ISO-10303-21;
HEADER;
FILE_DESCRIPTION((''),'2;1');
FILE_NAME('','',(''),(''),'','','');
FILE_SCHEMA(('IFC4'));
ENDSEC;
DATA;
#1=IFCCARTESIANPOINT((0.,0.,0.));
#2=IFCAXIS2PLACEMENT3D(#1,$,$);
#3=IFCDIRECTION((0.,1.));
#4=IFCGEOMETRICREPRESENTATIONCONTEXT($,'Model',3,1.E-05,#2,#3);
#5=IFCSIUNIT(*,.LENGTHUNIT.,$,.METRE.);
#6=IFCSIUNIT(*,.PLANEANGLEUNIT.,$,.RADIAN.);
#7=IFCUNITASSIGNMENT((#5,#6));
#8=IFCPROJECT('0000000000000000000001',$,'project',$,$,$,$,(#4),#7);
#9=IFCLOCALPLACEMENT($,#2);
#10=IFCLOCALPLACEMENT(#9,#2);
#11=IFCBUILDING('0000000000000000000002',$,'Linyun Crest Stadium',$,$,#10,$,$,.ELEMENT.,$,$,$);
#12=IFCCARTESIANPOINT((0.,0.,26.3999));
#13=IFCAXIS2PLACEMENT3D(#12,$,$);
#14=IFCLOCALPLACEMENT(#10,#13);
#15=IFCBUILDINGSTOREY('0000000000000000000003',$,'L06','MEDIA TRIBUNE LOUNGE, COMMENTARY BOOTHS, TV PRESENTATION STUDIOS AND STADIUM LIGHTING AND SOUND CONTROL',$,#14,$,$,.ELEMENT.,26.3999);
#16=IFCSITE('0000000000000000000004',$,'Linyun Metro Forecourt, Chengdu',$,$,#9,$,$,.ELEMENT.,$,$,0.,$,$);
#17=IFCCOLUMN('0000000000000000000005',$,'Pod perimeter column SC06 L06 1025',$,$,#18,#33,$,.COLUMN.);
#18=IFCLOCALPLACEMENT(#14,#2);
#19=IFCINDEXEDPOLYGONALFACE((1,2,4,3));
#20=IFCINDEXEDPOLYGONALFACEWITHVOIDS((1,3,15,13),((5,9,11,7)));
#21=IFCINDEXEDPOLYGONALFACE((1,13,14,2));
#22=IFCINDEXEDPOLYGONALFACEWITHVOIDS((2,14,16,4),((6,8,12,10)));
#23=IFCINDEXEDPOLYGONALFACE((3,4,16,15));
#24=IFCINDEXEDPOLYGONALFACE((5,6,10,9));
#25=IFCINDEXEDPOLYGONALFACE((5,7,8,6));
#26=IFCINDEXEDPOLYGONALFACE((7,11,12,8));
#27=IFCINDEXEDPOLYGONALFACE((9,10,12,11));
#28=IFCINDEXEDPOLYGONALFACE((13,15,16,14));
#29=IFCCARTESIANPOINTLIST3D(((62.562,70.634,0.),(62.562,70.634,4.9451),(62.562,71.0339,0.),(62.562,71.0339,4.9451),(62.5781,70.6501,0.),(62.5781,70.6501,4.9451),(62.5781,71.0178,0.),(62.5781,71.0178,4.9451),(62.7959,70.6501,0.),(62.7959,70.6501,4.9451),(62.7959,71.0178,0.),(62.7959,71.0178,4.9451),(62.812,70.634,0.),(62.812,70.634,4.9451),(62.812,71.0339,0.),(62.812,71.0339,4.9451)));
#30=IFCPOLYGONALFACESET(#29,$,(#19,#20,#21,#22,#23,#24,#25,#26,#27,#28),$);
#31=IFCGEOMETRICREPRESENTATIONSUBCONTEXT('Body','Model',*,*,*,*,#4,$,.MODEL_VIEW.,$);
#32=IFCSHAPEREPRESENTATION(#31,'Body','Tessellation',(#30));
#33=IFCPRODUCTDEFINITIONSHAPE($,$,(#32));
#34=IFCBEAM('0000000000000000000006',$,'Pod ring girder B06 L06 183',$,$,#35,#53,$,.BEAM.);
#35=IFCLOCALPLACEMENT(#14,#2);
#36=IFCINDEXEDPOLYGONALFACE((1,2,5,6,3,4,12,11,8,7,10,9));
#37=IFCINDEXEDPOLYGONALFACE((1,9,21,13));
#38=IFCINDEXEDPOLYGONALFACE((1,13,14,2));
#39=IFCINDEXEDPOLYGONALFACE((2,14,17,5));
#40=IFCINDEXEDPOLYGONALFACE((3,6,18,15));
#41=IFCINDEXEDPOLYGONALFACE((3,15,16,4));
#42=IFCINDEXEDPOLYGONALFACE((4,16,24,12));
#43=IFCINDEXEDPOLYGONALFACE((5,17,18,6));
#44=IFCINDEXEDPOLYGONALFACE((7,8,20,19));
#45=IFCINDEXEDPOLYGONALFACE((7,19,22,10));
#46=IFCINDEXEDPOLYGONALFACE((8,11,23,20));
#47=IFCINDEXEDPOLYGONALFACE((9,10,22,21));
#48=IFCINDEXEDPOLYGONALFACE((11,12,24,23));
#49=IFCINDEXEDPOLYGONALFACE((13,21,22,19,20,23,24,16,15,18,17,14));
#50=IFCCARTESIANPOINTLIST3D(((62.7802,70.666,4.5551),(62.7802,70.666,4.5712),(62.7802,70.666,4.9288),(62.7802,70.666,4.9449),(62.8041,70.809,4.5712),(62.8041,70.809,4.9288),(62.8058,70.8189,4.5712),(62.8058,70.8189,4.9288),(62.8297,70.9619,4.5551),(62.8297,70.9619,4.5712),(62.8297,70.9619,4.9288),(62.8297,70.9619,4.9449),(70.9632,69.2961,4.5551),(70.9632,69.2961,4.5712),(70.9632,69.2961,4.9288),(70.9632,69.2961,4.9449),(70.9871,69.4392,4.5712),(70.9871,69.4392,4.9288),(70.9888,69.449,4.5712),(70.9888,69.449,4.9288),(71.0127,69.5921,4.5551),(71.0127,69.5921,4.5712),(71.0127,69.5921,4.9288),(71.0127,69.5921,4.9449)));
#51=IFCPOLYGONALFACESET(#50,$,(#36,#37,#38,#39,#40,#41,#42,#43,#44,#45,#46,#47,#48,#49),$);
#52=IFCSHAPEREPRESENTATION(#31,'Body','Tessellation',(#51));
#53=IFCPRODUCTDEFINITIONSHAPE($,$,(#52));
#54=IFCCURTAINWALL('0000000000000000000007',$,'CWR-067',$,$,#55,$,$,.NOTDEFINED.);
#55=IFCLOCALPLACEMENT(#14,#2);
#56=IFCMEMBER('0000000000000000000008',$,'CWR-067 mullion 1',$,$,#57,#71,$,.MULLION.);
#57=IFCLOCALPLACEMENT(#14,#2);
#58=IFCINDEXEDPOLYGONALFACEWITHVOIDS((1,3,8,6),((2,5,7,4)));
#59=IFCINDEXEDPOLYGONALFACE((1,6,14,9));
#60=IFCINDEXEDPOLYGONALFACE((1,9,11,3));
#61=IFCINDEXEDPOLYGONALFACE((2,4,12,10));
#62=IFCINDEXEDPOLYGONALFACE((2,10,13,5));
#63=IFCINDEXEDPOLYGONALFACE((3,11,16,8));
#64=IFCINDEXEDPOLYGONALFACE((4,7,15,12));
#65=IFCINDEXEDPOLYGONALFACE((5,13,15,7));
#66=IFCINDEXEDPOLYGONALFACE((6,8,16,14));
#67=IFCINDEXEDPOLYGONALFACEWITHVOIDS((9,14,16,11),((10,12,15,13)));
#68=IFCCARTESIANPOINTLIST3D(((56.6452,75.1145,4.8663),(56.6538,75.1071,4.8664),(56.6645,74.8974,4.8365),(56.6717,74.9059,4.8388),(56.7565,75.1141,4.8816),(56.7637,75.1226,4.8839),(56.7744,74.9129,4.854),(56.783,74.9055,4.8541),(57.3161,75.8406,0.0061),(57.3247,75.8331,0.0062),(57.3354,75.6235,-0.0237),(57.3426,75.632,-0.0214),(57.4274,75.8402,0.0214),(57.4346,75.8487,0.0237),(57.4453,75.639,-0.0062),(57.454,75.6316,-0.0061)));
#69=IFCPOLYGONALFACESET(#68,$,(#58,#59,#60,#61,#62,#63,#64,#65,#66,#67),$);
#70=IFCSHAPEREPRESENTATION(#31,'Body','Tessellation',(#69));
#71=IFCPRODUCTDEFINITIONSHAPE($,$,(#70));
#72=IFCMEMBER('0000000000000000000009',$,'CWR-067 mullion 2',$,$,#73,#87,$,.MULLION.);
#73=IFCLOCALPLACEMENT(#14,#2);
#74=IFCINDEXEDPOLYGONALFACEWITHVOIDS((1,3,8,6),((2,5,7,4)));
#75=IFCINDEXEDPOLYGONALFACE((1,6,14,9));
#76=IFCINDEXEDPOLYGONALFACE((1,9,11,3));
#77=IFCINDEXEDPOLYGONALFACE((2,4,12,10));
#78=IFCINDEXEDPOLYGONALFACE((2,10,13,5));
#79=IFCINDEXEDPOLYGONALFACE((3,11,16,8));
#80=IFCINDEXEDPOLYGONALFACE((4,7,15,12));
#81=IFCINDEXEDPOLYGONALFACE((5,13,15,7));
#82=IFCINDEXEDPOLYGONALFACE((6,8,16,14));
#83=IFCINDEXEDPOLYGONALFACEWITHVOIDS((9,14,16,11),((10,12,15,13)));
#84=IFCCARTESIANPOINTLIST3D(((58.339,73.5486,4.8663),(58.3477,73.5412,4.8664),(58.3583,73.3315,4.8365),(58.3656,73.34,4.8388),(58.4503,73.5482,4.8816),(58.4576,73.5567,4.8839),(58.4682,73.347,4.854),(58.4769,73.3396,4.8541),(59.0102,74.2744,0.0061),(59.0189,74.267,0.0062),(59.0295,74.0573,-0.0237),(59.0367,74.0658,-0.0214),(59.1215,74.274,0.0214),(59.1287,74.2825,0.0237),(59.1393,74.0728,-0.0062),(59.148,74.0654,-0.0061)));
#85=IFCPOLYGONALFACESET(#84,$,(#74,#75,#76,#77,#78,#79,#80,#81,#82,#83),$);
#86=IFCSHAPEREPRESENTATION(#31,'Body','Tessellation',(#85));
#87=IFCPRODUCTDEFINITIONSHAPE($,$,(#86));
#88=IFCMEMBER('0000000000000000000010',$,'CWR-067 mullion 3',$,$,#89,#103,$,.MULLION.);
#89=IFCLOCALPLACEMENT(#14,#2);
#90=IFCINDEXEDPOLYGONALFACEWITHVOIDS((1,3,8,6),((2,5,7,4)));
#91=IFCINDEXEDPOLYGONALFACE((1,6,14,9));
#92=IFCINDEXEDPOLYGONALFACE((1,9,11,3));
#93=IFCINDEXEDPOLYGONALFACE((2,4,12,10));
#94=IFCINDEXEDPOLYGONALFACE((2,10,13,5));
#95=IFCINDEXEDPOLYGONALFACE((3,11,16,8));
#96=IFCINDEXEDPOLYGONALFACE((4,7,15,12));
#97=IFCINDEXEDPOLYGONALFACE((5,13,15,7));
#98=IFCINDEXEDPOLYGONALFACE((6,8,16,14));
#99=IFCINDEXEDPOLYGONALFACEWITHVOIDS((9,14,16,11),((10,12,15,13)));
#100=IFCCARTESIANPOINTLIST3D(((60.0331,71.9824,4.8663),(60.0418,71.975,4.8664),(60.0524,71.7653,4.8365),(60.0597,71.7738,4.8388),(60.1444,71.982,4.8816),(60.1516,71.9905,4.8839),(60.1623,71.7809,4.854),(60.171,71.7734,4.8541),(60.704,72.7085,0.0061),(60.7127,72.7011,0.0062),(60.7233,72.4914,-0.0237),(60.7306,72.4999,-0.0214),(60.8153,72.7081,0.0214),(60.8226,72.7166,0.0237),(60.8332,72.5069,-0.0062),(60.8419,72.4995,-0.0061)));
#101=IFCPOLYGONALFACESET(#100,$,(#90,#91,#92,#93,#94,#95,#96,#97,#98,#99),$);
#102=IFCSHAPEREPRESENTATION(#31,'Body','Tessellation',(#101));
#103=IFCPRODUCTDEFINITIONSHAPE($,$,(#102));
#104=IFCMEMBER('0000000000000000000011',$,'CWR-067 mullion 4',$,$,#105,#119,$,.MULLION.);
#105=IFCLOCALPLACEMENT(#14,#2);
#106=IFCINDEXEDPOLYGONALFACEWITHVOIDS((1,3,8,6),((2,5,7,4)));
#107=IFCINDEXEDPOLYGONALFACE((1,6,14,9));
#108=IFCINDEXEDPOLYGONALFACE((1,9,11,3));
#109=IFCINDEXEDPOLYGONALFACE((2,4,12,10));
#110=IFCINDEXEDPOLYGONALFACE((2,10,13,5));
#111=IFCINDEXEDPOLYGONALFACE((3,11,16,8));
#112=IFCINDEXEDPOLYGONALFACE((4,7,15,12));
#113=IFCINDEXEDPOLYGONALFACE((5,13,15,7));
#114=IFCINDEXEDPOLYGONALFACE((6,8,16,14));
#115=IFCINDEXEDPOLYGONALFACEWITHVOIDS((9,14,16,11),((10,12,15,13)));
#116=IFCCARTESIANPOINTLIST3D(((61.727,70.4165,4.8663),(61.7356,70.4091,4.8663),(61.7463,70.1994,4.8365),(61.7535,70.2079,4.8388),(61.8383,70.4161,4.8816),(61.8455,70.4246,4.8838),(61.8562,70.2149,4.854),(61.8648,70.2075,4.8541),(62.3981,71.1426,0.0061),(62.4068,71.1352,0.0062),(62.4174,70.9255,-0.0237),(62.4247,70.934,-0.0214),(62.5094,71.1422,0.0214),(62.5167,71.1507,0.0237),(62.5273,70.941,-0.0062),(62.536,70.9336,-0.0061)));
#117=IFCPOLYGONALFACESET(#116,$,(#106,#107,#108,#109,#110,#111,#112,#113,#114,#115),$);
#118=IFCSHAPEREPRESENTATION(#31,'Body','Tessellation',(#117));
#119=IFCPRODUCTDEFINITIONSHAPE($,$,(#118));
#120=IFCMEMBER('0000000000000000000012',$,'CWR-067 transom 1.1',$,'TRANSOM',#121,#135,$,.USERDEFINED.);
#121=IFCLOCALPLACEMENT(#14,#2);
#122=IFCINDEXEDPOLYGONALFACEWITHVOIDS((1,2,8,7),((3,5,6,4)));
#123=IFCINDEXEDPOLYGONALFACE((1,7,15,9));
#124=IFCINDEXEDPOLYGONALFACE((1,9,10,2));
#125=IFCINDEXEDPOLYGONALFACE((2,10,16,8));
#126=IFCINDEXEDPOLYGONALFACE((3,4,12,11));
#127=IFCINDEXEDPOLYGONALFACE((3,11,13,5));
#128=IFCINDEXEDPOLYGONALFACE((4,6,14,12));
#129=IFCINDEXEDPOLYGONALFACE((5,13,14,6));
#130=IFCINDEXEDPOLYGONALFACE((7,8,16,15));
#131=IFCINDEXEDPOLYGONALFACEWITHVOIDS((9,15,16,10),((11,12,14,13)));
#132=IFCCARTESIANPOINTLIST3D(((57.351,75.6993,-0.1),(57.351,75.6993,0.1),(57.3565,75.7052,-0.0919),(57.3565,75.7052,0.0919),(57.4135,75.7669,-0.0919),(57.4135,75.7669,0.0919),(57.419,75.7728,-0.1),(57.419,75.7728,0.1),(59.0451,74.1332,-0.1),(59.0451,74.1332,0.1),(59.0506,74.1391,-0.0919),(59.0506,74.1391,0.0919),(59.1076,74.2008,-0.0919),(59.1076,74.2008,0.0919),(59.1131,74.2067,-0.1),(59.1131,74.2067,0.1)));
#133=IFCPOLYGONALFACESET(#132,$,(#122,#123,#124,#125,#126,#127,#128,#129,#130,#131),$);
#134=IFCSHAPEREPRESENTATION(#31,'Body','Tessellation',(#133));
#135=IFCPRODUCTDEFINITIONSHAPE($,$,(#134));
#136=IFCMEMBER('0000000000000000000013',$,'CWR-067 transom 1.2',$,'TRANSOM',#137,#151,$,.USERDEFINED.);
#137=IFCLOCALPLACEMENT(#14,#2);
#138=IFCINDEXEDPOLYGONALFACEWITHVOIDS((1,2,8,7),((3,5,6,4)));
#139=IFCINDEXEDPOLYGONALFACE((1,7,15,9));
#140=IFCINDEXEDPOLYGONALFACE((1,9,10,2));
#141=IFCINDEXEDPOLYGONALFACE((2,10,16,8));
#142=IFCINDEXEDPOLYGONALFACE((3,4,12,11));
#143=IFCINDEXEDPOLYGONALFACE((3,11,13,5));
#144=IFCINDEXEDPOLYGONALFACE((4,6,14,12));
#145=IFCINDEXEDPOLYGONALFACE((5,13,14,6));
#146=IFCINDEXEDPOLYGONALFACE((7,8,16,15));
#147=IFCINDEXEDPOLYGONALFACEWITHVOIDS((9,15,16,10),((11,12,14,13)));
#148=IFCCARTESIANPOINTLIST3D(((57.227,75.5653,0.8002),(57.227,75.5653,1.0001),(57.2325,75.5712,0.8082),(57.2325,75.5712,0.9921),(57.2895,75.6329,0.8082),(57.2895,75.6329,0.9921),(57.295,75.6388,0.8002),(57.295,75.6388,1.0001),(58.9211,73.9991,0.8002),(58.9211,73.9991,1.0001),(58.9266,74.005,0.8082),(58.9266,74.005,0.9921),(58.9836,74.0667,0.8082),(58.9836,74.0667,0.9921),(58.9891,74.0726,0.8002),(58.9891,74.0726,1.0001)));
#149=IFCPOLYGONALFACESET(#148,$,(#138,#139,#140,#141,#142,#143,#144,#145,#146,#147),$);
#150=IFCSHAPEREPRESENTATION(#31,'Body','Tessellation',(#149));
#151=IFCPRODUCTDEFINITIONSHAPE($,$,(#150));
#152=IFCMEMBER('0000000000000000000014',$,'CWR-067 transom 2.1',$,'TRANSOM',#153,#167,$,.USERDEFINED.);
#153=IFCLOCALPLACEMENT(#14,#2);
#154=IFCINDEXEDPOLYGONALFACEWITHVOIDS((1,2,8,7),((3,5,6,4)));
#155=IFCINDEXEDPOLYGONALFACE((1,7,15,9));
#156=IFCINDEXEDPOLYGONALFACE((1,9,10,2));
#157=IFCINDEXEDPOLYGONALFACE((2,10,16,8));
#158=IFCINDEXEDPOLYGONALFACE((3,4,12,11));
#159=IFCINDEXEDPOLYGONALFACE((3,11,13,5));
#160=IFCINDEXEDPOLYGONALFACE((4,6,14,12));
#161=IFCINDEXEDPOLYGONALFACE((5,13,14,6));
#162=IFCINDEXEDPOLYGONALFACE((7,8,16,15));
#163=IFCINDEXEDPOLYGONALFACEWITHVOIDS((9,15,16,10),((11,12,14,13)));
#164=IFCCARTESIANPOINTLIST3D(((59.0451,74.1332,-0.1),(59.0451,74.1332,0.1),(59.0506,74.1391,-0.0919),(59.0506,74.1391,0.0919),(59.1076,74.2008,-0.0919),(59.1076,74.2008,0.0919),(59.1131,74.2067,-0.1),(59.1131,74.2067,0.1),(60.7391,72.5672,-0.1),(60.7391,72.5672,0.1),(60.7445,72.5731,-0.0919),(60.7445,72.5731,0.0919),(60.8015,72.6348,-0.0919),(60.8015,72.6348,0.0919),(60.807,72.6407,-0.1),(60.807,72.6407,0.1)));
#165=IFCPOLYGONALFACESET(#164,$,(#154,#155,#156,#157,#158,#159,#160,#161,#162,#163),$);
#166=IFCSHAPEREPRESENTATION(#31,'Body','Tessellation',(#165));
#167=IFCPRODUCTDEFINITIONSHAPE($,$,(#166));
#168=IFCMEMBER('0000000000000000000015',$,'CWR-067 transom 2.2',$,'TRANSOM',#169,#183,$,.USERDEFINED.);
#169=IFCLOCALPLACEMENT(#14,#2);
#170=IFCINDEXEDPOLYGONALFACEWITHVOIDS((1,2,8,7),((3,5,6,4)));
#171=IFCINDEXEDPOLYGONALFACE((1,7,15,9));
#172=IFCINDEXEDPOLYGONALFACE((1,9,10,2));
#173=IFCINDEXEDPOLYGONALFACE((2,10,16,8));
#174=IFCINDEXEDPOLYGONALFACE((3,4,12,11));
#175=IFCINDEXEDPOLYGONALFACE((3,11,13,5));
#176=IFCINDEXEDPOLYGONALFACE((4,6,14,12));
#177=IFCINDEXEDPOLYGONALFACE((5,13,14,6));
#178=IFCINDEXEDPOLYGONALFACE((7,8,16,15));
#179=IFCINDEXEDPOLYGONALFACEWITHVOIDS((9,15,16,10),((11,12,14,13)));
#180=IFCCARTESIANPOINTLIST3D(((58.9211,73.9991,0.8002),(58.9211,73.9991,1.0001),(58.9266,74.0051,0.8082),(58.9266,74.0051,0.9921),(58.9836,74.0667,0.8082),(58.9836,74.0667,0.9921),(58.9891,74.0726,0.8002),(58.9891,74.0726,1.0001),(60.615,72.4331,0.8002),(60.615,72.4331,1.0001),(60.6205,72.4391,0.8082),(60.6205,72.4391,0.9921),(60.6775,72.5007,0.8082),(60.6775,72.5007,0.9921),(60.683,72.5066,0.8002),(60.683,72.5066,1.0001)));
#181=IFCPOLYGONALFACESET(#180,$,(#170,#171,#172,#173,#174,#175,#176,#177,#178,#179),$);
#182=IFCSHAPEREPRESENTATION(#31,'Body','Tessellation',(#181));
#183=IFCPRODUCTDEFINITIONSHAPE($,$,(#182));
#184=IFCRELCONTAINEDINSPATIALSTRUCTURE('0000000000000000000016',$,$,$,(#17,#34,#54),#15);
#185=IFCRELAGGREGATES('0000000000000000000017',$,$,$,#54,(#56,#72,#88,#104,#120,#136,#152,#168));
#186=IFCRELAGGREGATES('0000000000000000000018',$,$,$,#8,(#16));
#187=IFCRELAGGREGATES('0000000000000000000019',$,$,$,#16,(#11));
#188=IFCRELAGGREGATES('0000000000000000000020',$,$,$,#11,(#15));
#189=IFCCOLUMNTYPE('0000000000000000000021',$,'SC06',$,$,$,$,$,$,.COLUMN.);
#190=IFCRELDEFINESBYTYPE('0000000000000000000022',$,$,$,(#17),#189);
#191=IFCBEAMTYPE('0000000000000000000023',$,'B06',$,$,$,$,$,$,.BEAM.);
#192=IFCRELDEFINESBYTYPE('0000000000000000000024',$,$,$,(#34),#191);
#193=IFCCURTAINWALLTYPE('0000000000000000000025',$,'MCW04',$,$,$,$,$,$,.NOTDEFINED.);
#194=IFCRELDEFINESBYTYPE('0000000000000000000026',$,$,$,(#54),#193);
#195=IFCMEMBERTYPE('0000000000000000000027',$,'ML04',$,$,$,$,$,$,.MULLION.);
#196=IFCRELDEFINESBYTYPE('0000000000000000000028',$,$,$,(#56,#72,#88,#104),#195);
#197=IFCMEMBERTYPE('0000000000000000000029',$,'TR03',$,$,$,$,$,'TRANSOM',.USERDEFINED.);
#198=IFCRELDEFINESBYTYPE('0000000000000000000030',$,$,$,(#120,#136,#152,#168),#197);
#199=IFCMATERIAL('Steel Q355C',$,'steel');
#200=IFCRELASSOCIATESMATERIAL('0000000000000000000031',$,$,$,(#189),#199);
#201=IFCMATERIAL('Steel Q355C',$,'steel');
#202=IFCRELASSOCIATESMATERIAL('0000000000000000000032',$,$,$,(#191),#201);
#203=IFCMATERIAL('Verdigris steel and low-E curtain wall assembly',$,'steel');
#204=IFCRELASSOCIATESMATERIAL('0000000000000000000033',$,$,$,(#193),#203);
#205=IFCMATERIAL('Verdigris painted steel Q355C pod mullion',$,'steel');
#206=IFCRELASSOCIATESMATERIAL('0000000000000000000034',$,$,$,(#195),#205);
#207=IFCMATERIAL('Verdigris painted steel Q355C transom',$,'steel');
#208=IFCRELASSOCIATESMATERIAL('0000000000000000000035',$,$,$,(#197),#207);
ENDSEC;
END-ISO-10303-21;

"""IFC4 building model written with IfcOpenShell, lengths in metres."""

from ifc_helpers import new_model, si_unit, direction, frame, origin, origin_2d, place, context, subcontext, project, spatial, hollow_rectangle, i_section, extrude, material, material_profile, profile_set, type_object, element, aggregate, save


model = new_model("IFC4")

# Units and contexts
model_context = context("Model", 3, precision=1e-05, world=origin(), true_north=direction((0.0, 1.0)))
body_context = subcontext(model_context, "Body", "Model", "MODEL_VIEW")
ifc_project = project(units=[si_unit("LENGTHUNIT", "METRE"), si_unit("PLANEANGLEUNIT", "RADIAN")], contexts=[model_context])

# Site, building, storey
site_placement = place(None, origin())
site = spatial("IfcSite", under=ifc_project, at=site_placement, Name="Linyun Metro Forecourt, Chengdu", CompositionType="ELEMENT", RefElevation=0.0)
building_placement = place(site_placement, origin())
building = spatial("IfcBuilding", under=site, at=building_placement, Name="Linyun Crest Stadium", CompositionType="ELEMENT")
storey_placement = place(building_placement, frame((0.0, 0.0, 26.3999)))
storey = spatial("IfcBuildingStorey", under=building, at=storey_placement, Name="L06", Description="MEDIA TRIBUNE LOUNGE, COMMENTARY BOOTHS, TV PRESENTATION STUDIOS AND STADIUM LIGHTING AND SOUND CONTROL", CompositionType="ELEMENT", Elevation=26.3999)

# Column
ifc_material_1 = material(Name="Steel Q355C", Category="steel")
ifc_material_profile_1 = material_profile(ifc_material_1, hollow_rectangle(XDim=0.25, YDim=0.3999, WallThickness=0.0161, at=origin_2d()), Name="RHS 400x250x16")
ifc_profile_set_1 = profile_set([ifc_material_profile_1], Name="Steel Q355C")
column_type = type_object("IfcColumnType", Name="SC06", PredefinedType="COLUMN", material=ifc_profile_set_1)
column_placement = place(storey_placement, frame((62.687, 70.834, 0.0), z_axis=(0.0, 0.0, 1.0), x_axis=(1.0, 0.0, 0.0)))
element("IfcColumn", 1, at=column_placement, inside=storey, type_object=column_type, Name="Pod perimeter column SC06 L06 1025", PredefinedType="COLUMN", context=body_context, shape_type="SweptSolid", body=[
    extrude(hollow_rectangle(XDim=0.25, YDim=0.3999, WallThickness=0.0161, at=origin_2d()), origin(), (0.0, 0.0, 1.0), 4.9451),
])

# Beam
ifc_material_2 = material(Name="Steel Q355C", Category="steel")
ifc_material_profile_2 = material_profile(ifc_material_2, i_section(OverallWidth=0.3, OverallDepth=0.3899, WebThickness=0.01, FlangeThickness=0.0161, at=origin_2d()), Name="HM 390x300")
ifc_profile_set_2 = profile_set([ifc_material_profile_2], Name="Steel Q355C")
beam_type = type_object("IfcBeamType", Name="B06", PredefinedType="BEAM", material=ifc_profile_set_2)
beam_placement = place(storey_placement, frame((62.8049, 70.814, 4.75), z_axis=(0.986276, -0.165105, 0.0), x_axis=(0.165105, 0.986276, 0.0)))
element("IfcBeam", 2, at=beam_placement, inside=storey, type_object=beam_type, Name="Pod ring girder B06 L06 183", PredefinedType="BEAM", context=body_context, shape_type="SweptSolid", body=[
    extrude(i_section(OverallWidth=0.3, OverallDepth=0.3899, WebThickness=0.01, FlangeThickness=0.0161, at=origin_2d()), origin(), (0.0, 0.0, 1.0), 8.2969),
])

# Curtain wall, members
ifc_material_3 = material(Name="Verdigris steel and low-E curtain wall assembly", Category="steel")
curtain_wall_type = type_object("IfcCurtainWallType", Name="MCW04", PredefinedType="NOTDEFINED", material=ifc_material_3)
curtain_wall_placement = place(storey_placement, origin())
curtain_wall = element("IfcCurtainWall", 3, at=curtain_wall_placement, inside=storey, type_object=curtain_wall_type, Name="CWR-067", PredefinedType="NOTDEFINED")
ifc_material_4 = material(Name="Verdigris painted steel Q355C pod mullion", Category="steel")
ifc_material_profile_3 = material_profile(ifc_material_4, hollow_rectangle(XDim=0.1201, YDim=0.22, WallThickness=0.0081, at=origin_2d()), Name="RHS 220x120x8")
ifc_profile_set_3 = profile_set([ifc_material_profile_3], Name="Verdigris painted steel Q355C pod mullion")
member_type_1 = type_object("IfcMemberType", Name="ML04", PredefinedType="MULLION", material=ifc_profile_set_3)
member_1_placement = place(storey_placement, frame((57.385, 75.7361, 0.0), z_axis=(-0.135272, -0.146397, 0.979933), x_axis=(0.986901, 0.067842, 0.146369)))
member_1 = element("IfcMember", 4, at=member_1_placement, type_object=member_type_1, Name="CWR-067 mullion 1", PredefinedType="MULLION", context=body_context, shape_type="SweptSolid", body=[
    extrude(hollow_rectangle(XDim=0.1201, YDim=0.22, WallThickness=0.0081, at=origin_2d()), origin(), (0.0, 0.0, 1.0), 4.9597),
])
member_2_placement = place(storey_placement, frame((59.0791, 74.1699, 0.0), z_axis=(-0.135321, -0.146348, 0.979934), x_axis=(0.986925, 0.067498, 0.146367)))
member_2 = element("IfcMember", 5, at=member_2_placement, type_object=member_type_1, Name="CWR-067 mullion 2", PredefinedType="MULLION", context=body_context, shape_type="SweptSolid", body=[
    extrude(hollow_rectangle(XDim=0.1201, YDim=0.22, WallThickness=0.0081, at=origin_2d()), origin(), (0.0, 0.0, 1.0), 4.9597),
])
member_3_placement = place(storey_placement, frame((60.7729, 72.604, 0.0), z_axis=(-0.135272, -0.146397, 0.979933), x_axis=(0.986901, 0.067842, 0.146369)))
member_3 = element("IfcMember", 6, at=member_3_placement, type_object=member_type_1, Name="CWR-067 mullion 3", PredefinedType="MULLION", context=body_context, shape_type="SweptSolid", body=[
    extrude(hollow_rectangle(XDim=0.1201, YDim=0.22, WallThickness=0.0081, at=origin_2d()), origin(), (0.0, 0.0, 1.0), 4.9597),
])
member_4_placement = place(storey_placement, frame((62.467, 71.0381, 0.0), z_axis=(-0.13532, -0.146396, 0.979927), x_axis=(0.98691, 0.06766, 0.146392)))
member_4 = element("IfcMember", 7, at=member_4_placement, type_object=member_type_1, Name="CWR-067 mullion 4", PredefinedType="MULLION", context=body_context, shape_type="SweptSolid", body=[
    extrude(hollow_rectangle(XDim=0.1201, YDim=0.22, WallThickness=0.0081, at=origin_2d()), origin(), (0.0, 0.0, 1.0), 4.9597),
])
ifc_material_5 = material(Name="Verdigris painted steel Q355C transom", Category="steel")
ifc_material_profile_4 = material_profile(ifc_material_5, hollow_rectangle(XDim=0.1001, YDim=0.2, WallThickness=0.0081, at=origin_2d()), Name="RHS 200x100x8")
ifc_profile_set_4 = profile_set([ifc_material_profile_4], Name="Verdigris painted steel Q355C transom")
member_type_2 = type_object("IfcMemberType", Name="TR03", ElementType="TRANSOM", PredefinedType="USERDEFINED", material=ifc_profile_set_4)
member_5_placement = place(storey_placement, frame((57.385, 75.7361, 0.0), z_axis=(0.734288, -0.678838, 0.0), x_axis=(0.678838, 0.734288, 0.0)))
member_5 = element("IfcMember", 8, at=member_5_placement, type_object=member_type_2, Name="CWR-067 transom 1.1", ObjectType="TRANSOM", PredefinedType="USERDEFINED", context=body_context, shape_type="SweptSolid", body=[
    extrude(hollow_rectangle(XDim=0.1001, YDim=0.2, WallThickness=0.0081, at=origin_2d()), origin(), (0.0, 0.0, 1.0), 2.3071),
])
member_6_placement = place(storey_placement, frame((57.261, 75.6021, 0.9001), z_axis=(0.734288, -0.678838, 0.0), x_axis=(0.678838, 0.734288, 0.0)))
member_6 = element("IfcMember", 9, at=member_6_placement, type_object=member_type_2, Name="CWR-067 transom 1.2", ObjectType="TRANSOM", PredefinedType="USERDEFINED", context=body_context, shape_type="SweptSolid", body=[
    extrude(hollow_rectangle(XDim=0.1001, YDim=0.2, WallThickness=0.0081, at=origin_2d()), origin(), (0.0, 0.0, 1.0), 2.3071),
])
member_7_placement = place(storey_placement, frame((59.0791, 74.1699, 0.0), z_axis=(0.734292, -0.678834, 0.0), x_axis=(0.678834, 0.734292, 0.0)))
member_7 = element("IfcMember", 10, at=member_7_placement, type_object=member_type_2, Name="CWR-067 transom 2.1", ObjectType="TRANSOM", PredefinedType="USERDEFINED", context=body_context, shape_type="SweptSolid", body=[
    extrude(hollow_rectangle(XDim=0.1001, YDim=0.2, WallThickness=0.0081, at=origin_2d()), origin(), (0.0, 0.0, 1.0), 2.3069),
])
member_8_placement = place(storey_placement, frame((58.9551, 74.0359, 0.9001), z_axis=(0.734292, -0.678834, 0.0), x_axis=(0.678834, 0.734292, 0.0)))
member_8 = element("IfcMember", 11, at=member_8_placement, type_object=member_type_2, Name="CWR-067 transom 2.2", ObjectType="TRANSOM", PredefinedType="USERDEFINED", context=body_context, shape_type="SweptSolid", body=[
    extrude(hollow_rectangle(XDim=0.1001, YDim=0.2, WallThickness=0.0081, at=origin_2d()), origin(), (0.0, 0.0, 1.0), 2.3069),
])

aggregate(curtain_wall, [member_1, member_2, member_3, member_4, member_5, member_6, member_7, member_8])

save(model, "model.ifc")
